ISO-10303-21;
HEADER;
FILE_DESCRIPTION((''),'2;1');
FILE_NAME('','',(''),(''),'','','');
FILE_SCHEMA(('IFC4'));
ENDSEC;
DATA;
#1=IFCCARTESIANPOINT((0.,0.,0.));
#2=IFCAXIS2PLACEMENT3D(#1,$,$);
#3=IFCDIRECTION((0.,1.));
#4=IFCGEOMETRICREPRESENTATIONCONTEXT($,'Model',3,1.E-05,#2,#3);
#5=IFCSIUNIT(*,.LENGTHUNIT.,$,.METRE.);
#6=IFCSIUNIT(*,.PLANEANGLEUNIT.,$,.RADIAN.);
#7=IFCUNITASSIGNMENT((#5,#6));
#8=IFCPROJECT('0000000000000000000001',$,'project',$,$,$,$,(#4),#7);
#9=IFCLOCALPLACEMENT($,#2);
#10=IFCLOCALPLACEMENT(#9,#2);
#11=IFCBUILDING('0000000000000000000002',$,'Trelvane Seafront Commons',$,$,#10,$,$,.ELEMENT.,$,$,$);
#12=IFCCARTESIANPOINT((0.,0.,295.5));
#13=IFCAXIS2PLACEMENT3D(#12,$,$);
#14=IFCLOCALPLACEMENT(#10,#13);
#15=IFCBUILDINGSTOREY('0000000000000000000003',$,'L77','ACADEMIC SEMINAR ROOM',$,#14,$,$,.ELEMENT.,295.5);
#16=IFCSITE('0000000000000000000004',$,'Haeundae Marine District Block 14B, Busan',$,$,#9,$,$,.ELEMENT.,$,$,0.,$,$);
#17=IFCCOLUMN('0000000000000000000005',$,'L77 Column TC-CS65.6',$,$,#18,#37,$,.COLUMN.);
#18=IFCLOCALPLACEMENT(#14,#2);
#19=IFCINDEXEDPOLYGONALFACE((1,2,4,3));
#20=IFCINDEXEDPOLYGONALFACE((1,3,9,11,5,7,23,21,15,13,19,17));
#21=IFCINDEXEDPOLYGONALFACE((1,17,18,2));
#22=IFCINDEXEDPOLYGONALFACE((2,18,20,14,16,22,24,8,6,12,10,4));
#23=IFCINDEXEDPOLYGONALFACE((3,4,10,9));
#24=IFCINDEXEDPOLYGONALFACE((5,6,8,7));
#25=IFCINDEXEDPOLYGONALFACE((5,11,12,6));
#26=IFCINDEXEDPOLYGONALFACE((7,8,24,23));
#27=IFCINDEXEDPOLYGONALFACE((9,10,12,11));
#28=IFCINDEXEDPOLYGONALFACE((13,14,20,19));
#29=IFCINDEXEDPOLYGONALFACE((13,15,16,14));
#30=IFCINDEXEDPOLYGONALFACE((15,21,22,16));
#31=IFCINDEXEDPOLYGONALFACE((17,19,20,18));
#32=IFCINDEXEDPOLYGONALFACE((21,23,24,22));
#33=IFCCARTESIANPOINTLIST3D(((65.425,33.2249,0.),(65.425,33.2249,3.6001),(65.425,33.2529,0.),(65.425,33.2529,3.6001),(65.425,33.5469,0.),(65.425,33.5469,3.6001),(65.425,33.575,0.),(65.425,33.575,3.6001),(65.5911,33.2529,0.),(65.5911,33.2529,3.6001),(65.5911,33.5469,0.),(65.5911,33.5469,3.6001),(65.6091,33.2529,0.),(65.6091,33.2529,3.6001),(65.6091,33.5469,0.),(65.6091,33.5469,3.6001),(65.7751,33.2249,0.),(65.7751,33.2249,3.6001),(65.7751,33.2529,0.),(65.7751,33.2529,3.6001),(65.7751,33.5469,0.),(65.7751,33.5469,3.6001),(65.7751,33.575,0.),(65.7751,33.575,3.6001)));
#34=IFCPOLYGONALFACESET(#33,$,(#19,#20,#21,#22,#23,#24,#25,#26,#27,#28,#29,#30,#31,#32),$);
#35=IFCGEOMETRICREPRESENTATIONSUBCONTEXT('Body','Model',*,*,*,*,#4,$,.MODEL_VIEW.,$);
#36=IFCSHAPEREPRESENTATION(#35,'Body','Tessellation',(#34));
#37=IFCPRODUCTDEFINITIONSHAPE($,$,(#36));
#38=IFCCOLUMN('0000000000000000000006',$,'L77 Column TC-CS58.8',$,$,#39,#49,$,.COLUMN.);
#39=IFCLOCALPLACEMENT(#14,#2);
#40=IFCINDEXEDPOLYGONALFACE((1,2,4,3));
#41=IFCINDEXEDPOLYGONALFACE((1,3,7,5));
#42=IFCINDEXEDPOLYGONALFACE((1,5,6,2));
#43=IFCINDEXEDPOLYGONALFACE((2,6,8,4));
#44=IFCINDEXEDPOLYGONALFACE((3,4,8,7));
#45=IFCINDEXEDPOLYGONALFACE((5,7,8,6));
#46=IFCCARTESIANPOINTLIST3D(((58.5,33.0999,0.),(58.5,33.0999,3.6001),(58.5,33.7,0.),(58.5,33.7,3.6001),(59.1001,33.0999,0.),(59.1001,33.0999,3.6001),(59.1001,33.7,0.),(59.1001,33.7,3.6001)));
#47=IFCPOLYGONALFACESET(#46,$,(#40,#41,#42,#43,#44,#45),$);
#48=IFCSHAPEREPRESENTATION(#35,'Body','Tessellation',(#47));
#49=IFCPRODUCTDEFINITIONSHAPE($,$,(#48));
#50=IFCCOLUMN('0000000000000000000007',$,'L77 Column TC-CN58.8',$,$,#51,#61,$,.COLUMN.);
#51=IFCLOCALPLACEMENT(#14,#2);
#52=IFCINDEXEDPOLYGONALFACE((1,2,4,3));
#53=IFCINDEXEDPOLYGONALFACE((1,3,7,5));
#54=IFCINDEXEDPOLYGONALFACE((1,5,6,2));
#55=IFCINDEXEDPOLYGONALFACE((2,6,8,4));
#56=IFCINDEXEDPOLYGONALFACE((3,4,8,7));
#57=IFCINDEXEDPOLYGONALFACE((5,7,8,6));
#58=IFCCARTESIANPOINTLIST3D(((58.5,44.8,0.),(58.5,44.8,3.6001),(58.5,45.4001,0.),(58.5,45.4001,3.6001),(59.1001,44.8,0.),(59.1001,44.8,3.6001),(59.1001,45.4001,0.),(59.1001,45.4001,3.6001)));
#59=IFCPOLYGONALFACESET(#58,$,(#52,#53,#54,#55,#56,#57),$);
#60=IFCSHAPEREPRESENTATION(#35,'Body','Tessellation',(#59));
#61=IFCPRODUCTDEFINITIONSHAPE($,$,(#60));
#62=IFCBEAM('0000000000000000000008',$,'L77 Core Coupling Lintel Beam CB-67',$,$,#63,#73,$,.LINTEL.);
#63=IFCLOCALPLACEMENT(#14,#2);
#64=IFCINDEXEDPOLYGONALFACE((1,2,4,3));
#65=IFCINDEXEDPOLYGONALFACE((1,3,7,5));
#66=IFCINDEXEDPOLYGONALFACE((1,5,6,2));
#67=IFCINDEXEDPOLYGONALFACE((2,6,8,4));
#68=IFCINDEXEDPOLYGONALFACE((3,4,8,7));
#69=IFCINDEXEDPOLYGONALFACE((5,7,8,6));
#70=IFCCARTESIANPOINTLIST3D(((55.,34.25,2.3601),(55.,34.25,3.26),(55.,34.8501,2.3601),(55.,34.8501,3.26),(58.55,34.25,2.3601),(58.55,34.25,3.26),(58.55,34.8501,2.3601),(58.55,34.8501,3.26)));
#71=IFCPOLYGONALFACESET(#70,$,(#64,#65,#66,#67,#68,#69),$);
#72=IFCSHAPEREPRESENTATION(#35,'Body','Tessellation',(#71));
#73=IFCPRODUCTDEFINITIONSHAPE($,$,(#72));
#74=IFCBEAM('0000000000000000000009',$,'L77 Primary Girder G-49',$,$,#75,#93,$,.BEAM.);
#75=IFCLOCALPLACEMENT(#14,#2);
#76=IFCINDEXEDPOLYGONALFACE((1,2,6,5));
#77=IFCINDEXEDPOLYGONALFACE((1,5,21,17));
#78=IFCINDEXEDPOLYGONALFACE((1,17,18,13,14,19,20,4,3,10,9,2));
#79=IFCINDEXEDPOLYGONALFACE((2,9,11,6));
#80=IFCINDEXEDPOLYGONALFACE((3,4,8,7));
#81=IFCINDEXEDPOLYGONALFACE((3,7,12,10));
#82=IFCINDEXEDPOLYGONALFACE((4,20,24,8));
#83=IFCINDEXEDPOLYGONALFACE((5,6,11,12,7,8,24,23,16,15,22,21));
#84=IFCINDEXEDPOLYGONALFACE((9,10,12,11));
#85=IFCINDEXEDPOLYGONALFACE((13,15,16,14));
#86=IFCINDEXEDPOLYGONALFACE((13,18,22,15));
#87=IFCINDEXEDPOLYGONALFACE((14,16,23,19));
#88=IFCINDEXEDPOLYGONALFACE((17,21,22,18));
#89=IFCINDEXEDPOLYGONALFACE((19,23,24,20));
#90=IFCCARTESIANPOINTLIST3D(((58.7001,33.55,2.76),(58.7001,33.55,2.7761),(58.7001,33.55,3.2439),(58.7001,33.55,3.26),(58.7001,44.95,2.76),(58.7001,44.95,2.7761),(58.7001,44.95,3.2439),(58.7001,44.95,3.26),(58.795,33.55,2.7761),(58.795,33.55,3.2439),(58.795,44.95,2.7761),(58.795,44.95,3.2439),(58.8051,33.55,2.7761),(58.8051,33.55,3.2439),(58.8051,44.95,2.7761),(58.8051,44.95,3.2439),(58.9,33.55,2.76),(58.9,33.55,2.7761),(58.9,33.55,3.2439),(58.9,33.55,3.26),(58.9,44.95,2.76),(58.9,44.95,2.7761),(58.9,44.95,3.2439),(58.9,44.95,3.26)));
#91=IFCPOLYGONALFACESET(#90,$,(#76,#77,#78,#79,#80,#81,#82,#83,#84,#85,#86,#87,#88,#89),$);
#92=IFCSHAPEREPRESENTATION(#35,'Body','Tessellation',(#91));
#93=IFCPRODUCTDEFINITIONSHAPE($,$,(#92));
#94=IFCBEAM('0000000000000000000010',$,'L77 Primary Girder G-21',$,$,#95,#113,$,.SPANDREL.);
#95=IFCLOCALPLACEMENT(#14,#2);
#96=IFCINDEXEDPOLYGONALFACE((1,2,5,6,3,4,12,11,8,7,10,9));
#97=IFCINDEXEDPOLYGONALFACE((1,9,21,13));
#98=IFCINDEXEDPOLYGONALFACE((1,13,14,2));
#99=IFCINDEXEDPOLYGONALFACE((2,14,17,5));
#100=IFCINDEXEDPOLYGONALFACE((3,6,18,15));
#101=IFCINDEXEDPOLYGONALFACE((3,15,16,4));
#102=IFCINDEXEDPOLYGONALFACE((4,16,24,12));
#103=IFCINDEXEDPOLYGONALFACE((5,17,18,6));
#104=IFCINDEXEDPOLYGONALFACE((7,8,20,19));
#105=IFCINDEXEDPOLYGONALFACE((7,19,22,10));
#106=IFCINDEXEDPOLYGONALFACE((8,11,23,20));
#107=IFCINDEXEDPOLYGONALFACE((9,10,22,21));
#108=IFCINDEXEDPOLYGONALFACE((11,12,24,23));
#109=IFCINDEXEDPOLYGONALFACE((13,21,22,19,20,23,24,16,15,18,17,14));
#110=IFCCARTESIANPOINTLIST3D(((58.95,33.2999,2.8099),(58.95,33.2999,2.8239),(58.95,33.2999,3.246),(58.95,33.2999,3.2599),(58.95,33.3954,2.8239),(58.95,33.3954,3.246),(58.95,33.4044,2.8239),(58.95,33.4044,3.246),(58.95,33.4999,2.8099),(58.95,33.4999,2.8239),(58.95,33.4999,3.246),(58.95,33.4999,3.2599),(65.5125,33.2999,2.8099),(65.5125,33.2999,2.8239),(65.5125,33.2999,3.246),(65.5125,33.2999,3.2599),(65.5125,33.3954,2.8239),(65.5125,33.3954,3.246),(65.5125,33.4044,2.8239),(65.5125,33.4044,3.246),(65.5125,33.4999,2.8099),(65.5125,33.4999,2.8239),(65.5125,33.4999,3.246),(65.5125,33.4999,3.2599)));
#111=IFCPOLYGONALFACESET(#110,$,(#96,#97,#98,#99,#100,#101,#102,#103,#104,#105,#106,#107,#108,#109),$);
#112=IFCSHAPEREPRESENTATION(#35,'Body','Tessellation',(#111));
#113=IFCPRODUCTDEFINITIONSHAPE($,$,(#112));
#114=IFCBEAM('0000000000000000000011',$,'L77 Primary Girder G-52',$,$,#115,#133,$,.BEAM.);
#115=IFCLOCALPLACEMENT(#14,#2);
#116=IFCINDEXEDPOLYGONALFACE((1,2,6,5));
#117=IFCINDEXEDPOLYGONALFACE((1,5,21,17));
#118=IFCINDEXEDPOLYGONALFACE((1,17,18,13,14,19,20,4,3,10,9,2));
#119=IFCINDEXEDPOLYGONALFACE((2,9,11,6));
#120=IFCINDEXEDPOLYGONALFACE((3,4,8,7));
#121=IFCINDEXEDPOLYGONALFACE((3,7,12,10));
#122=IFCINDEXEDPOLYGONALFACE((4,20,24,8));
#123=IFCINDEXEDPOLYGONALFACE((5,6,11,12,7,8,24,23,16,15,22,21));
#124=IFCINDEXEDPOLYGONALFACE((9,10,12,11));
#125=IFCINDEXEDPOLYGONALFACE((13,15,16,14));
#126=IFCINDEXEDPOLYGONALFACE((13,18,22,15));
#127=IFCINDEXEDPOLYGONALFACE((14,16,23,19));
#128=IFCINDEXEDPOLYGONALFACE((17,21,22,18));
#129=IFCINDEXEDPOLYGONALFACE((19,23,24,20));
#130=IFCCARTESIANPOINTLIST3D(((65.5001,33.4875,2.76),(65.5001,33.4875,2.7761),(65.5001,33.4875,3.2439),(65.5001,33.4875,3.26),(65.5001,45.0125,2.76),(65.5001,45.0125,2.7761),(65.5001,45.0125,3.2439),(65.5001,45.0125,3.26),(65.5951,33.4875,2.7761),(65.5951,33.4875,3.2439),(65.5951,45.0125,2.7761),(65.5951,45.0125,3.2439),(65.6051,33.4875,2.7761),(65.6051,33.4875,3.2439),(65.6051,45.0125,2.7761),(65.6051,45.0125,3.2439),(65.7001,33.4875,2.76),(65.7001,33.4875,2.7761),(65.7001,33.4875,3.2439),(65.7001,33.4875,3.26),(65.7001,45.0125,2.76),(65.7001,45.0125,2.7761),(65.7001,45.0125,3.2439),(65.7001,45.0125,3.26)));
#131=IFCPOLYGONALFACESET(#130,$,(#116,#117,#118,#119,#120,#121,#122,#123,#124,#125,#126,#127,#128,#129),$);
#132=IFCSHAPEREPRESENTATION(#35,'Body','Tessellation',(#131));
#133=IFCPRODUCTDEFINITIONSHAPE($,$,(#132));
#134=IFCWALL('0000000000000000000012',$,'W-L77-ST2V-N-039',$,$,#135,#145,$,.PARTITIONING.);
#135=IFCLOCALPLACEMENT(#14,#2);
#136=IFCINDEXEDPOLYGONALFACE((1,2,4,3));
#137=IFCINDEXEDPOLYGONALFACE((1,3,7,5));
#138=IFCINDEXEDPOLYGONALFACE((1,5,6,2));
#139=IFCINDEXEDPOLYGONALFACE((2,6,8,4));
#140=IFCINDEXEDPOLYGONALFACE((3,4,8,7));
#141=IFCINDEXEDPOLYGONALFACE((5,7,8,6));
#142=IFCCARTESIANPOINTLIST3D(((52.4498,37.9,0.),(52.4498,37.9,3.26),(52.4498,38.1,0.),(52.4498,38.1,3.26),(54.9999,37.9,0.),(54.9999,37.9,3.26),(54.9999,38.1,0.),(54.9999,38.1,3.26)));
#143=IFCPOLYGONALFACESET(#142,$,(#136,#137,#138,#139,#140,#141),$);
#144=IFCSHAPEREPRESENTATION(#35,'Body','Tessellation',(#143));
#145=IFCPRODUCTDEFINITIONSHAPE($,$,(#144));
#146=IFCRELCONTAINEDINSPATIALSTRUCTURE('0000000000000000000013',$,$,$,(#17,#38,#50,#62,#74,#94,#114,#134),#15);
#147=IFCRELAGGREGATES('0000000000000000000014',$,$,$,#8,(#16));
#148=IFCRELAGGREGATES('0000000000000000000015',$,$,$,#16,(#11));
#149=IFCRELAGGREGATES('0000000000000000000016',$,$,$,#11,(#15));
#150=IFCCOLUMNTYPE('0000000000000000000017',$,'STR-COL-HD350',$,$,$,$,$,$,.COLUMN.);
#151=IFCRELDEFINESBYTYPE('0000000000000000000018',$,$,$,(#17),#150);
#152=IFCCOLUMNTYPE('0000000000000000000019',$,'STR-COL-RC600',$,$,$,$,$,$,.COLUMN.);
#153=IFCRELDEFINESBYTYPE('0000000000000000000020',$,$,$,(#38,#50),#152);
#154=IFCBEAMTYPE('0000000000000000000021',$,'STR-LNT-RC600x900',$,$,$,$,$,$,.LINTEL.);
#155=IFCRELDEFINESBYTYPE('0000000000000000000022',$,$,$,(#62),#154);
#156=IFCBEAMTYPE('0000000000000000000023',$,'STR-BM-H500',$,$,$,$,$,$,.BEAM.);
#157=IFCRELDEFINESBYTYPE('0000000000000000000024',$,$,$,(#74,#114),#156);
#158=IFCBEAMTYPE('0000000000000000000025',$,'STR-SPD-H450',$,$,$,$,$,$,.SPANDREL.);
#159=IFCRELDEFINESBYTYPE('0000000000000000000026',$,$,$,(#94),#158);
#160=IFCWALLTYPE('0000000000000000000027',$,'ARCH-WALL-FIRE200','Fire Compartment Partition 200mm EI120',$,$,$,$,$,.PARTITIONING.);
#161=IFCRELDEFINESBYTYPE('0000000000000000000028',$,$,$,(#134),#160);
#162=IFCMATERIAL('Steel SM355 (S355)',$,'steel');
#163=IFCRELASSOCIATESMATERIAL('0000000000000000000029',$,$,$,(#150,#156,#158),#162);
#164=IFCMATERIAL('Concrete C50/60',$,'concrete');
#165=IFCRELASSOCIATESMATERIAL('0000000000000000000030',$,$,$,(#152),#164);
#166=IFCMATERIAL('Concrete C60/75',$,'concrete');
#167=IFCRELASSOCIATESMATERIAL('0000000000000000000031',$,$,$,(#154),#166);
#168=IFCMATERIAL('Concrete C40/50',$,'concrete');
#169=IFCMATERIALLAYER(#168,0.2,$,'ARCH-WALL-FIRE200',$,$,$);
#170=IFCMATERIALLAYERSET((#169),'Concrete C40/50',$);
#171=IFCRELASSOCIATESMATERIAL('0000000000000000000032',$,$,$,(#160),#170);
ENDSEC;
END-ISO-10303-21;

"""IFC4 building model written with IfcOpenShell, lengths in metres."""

from ifc_helpers import new_model, si_unit, direction, frame, frame_2d, origin, origin_2d, place, context, subcontext, project, spatial, rectangle, i_section, extrude, source, transform, mapped, material, layer, layer_set, material_profile, profile_set, type_object, element, save


model = new_model("IFC4")

# Units and contexts
model_context = context("Model", 3, precision=1e-05, world=origin(), true_north=direction((0.0, 1.0)))
body_context = subcontext(model_context, "Body", "Model", "MODEL_VIEW")
ifc_project = project(units=[si_unit("LENGTHUNIT", "METRE"), si_unit("PLANEANGLEUNIT", "RADIAN")], contexts=[model_context])

# Site, building, storey
site_placement = place(None, origin())
site = spatial("IfcSite", under=ifc_project, at=site_placement, Name="Haeundae Marine District Block 14B, Busan", CompositionType="ELEMENT", RefElevation=0.0)
building_placement = place(site_placement, origin())
building = spatial("IfcBuilding", under=site, at=building_placement, Name="Trelvane Seafront Commons", CompositionType="ELEMENT")
storey_placement = place(building_placement, frame((0.0, 0.0, 295.5)))
storey = spatial("IfcBuildingStorey", under=building, at=storey_placement, Name="L77", Description="ACADEMIC SEMINAR ROOM", CompositionType="ELEMENT", Elevation=295.5)

# Columns
ifc_material_1 = material(Name="Steel SM355 (S355)", Category="steel")
ifc_material_profile_1 = material_profile(ifc_material_1, i_section(OverallWidth=0.3501, OverallDepth=0.3501, WebThickness=0.0181, FlangeThickness=0.0281, at=origin_2d()), Name="HD-350x350x18x28")
ifc_profile_set_1 = profile_set([ifc_material_profile_1], Name="Steel SM355 (S355)")
column_type_1 = type_object("IfcColumnType", Name="STR-COL-HD350", PredefinedType="COLUMN", material=ifc_profile_set_1)
shared_shape_1 = source(origin(), body_context, "Body", "SweptSolid", [
    extrude(i_section(OverallWidth=0.3501, OverallDepth=0.3501, WebThickness=0.0181, FlangeThickness=0.0281, at=origin_2d()), origin(), (0.0, 0.0, 1.0), 3.6001),
])
column_placement = place(storey_placement, frame((65.6001, 33.3999, 0.0), z_axis=(0.0, 0.0, 1.0), x_axis=(1.0, 0.0, 0.0)))
element("IfcColumn", 1, at=column_placement, inside=storey, type_object=column_type_1, Name="L77 Column TC-CS65.6", PredefinedType="COLUMN", context=body_context, shape_type="MappedRepresentation", body=[
    mapped(shared_shape_1, transform((0.0, 0.0, 0.0), x_axis=(1.0, 0.0, 0.0), y_axis=(0.0, 1.0, 0.0), z_axis=(0.0, 0.0, 1.0), scale=1.0)),
])
ifc_material_2 = material(Name="Concrete C50/60", Category="concrete")
ifc_material_profile_2 = material_profile(ifc_material_2, rectangle(XDim=0.6001, YDim=0.6001, at=origin_2d()), Name="RC-600x600")
ifc_profile_set_2 = profile_set([ifc_material_profile_2], Name="Concrete C50/60")
column_type_2 = type_object("IfcColumnType", Name="STR-COL-RC600", PredefinedType="COLUMN", material=ifc_profile_set_2)
shared_shape_2 = source(origin(), body_context, "Body", "SweptSolid", [
    extrude(rectangle(XDim=0.6001, YDim=0.6001, at=origin_2d()), origin(), (0.0, 0.0, 1.0), 3.6001),
])
for number, where, z_axis, x_axis, name in (
    (2, (58.8, 33.3999, 0.0), (0.0, 0.0, 1.0), (1.0, 0.0, 0.0), "L77 Column TC-CS58.8"),
    (3, (58.8, 45.1001, 0.0), (0.0, 0.0, 1.0), (1.0, 0.0, 0.0), "L77 Column TC-CN58.8"),
):
    element("IfcColumn", number, at=place(storey_placement, frame(where, z_axis=z_axis, x_axis=x_axis)), inside=storey, type_object=column_type_2, Name=name, PredefinedType="COLUMN", context=body_context, shape_type="MappedRepresentation", body=[
        mapped(shared_shape_2, transform((0.0, 0.0, 0.0), x_axis=(1.0, 0.0, 0.0), y_axis=(0.0, 1.0, 0.0), z_axis=(0.0, 0.0, 1.0), scale=1.0)),
    ])

# Beams
ifc_material_3 = material(Name="Concrete C60/75", Category="concrete")
ifc_material_profile_3 = material_profile(ifc_material_3, rectangle(XDim=0.6001, YDim=0.8999, at=origin_2d()), Name="RC-600x900")
ifc_profile_set_3 = profile_set([ifc_material_profile_3], Name="Concrete C60/75")
beam_type_1 = type_object("IfcBeamType", Name="STR-LNT-RC600x900", PredefinedType="LINTEL", material=ifc_profile_set_3)
shared_shape_3 = source(origin(), body_context, "Body", "SweptSolid", [
    extrude(rectangle(XDim=0.6001, YDim=0.8999, at=origin_2d()), origin(), (0.0, 0.0, 1.0), 3.55),
])
beam_1_placement = place(storey_placement, frame((55.0, 34.55, 2.8101), z_axis=(1.0, 0.0, 0.0), x_axis=(0.0, 1.0, 0.0)))
element("IfcBeam", 4, at=beam_1_placement, inside=storey, type_object=beam_type_1, Name="L77 Core Coupling Lintel Beam CB-67", PredefinedType="LINTEL", context=body_context, shape_type="MappedRepresentation", body=[
    mapped(shared_shape_3, transform((0.0, 0.0, 0.0), x_axis=(1.0, 0.0, 0.0), y_axis=(0.0, 1.0, 0.0), z_axis=(0.0, 0.0, 1.0), scale=1.0)),
])
ifc_material_profile_4 = material_profile(ifc_material_1, i_section(OverallWidth=0.2, OverallDepth=0.5, WebThickness=0.01, FlangeThickness=0.0161, at=origin_2d()), Name="H-500x200x10x16")
ifc_profile_set_4 = profile_set([ifc_material_profile_4], Name="Steel SM355 (S355)")
beam_type_2 = type_object("IfcBeamType", Name="STR-BM-H500", PredefinedType="BEAM", material=ifc_profile_set_4)
shared_shape_4 = source(origin(), body_context, "Body", "SweptSolid", [
    extrude(i_section(OverallWidth=0.2, OverallDepth=0.5, WebThickness=0.01, FlangeThickness=0.0161, at=origin_2d()), origin(), (0.0, 0.0, 1.0), 11.3999),
])
beam_2_placement = place(storey_placement, frame((58.8, 33.55, 3.01), z_axis=(0.0, 1.0, 0.0), x_axis=(-1.0, 0.0, 0.0)))
element("IfcBeam", 5, at=beam_2_placement, inside=storey, type_object=beam_type_2, Name="L77 Primary Girder G-49", PredefinedType="BEAM", context=body_context, shape_type="MappedRepresentation", body=[
    mapped(shared_shape_4, transform((0.0, 0.0, 0.0), x_axis=(1.0, 0.0, 0.0), y_axis=(0.0, 1.0, 0.0), z_axis=(0.0, 0.0, 1.0), scale=1.0)),
])
ifc_material_profile_5 = material_profile(ifc_material_1, i_section(OverallWidth=0.2, OverallDepth=0.45, WebThickness=0.009, FlangeThickness=0.0139, at=origin_2d()), Name="H-450x200x9x14")
ifc_profile_set_5 = profile_set([ifc_material_profile_5], Name="Steel SM355 (S355)")
beam_type_3 = type_object("IfcBeamType", Name="STR-SPD-H450", PredefinedType="SPANDREL", material=ifc_profile_set_5)
shared_shape_5 = source(origin(), body_context, "Body", "SweptSolid", [
    extrude(i_section(OverallWidth=0.2, OverallDepth=0.45, WebThickness=0.009, FlangeThickness=0.0139, at=origin_2d()), origin(), (0.0, 0.0, 1.0), 6.5625),
])
beam_3_placement = place(storey_placement, frame((58.95, 33.3999, 3.0349), z_axis=(1.0, 0.0, 0.0), x_axis=(0.0, 1.0, 0.0)))
element("IfcBeam", 6, at=beam_3_placement, inside=storey, type_object=beam_type_3, Name="L77 Primary Girder G-21", PredefinedType="SPANDREL", context=body_context, shape_type="MappedRepresentation", body=[
    mapped(shared_shape_5, transform((0.0, 0.0, 0.0), x_axis=(1.0, 0.0, 0.0), y_axis=(0.0, 1.0, 0.0), z_axis=(0.0, 0.0, 1.0), scale=1.0)),
])
shared_shape_6 = source(origin(), body_context, "Body", "SweptSolid", [
    extrude(i_section(OverallWidth=0.2, OverallDepth=0.5, WebThickness=0.01, FlangeThickness=0.0161, at=origin_2d()), origin(), (0.0, 0.0, 1.0), 11.5249),
])
beam_4_placement = place(storey_placement, frame((65.6001, 33.4875, 3.01), z_axis=(0.0, 1.0, 0.0), x_axis=(-1.0, 0.0, 0.0)))
element("IfcBeam", 7, at=beam_4_placement, inside=storey, type_object=beam_type_2, Name="L77 Primary Girder G-52", PredefinedType="BEAM", context=body_context, shape_type="MappedRepresentation", body=[
    mapped(shared_shape_6, transform((0.0, 0.0, 0.0), x_axis=(1.0, 0.0, 0.0), y_axis=(0.0, 1.0, 0.0), z_axis=(0.0, 0.0, 1.0), scale=1.0)),
])

# Shared definitions
ifc_material_4 = material(Name="Concrete C40/50", Category="concrete")
ifc_layer_1 = layer(ifc_material_4, 0.2, Name="ARCH-WALL-FIRE200")
ifc_layer_set_1 = layer_set([ifc_layer_1], Name="Concrete C40/50")
wall_type_1 = type_object("IfcWallType", Name="ARCH-WALL-FIRE200", Description="Fire Compartment Partition 200mm EI120", PredefinedType="PARTITIONING", material=ifc_layer_set_1)

# Wall
wall_1_placement = place(storey_placement, frame((52.45, 38.0, 0.0), z_axis=(0.0, 0.0, 1.0), x_axis=(1.0, 0.0, 0.0)))
element("IfcWall", 8, at=wall_1_placement, inside=storey, type_object=wall_type_1, Name="W-L77-ST2V-N-039", PredefinedType="PARTITIONING", context=body_context, shape_type="SweptSolid", body=[
    extrude(rectangle(XDim=2.55, YDim=0.2, at=frame_2d((1.2749, 0.0))), origin(), (0.0, 0.0, 1.0), 3.26),
])

save(model, "model.ifc")
